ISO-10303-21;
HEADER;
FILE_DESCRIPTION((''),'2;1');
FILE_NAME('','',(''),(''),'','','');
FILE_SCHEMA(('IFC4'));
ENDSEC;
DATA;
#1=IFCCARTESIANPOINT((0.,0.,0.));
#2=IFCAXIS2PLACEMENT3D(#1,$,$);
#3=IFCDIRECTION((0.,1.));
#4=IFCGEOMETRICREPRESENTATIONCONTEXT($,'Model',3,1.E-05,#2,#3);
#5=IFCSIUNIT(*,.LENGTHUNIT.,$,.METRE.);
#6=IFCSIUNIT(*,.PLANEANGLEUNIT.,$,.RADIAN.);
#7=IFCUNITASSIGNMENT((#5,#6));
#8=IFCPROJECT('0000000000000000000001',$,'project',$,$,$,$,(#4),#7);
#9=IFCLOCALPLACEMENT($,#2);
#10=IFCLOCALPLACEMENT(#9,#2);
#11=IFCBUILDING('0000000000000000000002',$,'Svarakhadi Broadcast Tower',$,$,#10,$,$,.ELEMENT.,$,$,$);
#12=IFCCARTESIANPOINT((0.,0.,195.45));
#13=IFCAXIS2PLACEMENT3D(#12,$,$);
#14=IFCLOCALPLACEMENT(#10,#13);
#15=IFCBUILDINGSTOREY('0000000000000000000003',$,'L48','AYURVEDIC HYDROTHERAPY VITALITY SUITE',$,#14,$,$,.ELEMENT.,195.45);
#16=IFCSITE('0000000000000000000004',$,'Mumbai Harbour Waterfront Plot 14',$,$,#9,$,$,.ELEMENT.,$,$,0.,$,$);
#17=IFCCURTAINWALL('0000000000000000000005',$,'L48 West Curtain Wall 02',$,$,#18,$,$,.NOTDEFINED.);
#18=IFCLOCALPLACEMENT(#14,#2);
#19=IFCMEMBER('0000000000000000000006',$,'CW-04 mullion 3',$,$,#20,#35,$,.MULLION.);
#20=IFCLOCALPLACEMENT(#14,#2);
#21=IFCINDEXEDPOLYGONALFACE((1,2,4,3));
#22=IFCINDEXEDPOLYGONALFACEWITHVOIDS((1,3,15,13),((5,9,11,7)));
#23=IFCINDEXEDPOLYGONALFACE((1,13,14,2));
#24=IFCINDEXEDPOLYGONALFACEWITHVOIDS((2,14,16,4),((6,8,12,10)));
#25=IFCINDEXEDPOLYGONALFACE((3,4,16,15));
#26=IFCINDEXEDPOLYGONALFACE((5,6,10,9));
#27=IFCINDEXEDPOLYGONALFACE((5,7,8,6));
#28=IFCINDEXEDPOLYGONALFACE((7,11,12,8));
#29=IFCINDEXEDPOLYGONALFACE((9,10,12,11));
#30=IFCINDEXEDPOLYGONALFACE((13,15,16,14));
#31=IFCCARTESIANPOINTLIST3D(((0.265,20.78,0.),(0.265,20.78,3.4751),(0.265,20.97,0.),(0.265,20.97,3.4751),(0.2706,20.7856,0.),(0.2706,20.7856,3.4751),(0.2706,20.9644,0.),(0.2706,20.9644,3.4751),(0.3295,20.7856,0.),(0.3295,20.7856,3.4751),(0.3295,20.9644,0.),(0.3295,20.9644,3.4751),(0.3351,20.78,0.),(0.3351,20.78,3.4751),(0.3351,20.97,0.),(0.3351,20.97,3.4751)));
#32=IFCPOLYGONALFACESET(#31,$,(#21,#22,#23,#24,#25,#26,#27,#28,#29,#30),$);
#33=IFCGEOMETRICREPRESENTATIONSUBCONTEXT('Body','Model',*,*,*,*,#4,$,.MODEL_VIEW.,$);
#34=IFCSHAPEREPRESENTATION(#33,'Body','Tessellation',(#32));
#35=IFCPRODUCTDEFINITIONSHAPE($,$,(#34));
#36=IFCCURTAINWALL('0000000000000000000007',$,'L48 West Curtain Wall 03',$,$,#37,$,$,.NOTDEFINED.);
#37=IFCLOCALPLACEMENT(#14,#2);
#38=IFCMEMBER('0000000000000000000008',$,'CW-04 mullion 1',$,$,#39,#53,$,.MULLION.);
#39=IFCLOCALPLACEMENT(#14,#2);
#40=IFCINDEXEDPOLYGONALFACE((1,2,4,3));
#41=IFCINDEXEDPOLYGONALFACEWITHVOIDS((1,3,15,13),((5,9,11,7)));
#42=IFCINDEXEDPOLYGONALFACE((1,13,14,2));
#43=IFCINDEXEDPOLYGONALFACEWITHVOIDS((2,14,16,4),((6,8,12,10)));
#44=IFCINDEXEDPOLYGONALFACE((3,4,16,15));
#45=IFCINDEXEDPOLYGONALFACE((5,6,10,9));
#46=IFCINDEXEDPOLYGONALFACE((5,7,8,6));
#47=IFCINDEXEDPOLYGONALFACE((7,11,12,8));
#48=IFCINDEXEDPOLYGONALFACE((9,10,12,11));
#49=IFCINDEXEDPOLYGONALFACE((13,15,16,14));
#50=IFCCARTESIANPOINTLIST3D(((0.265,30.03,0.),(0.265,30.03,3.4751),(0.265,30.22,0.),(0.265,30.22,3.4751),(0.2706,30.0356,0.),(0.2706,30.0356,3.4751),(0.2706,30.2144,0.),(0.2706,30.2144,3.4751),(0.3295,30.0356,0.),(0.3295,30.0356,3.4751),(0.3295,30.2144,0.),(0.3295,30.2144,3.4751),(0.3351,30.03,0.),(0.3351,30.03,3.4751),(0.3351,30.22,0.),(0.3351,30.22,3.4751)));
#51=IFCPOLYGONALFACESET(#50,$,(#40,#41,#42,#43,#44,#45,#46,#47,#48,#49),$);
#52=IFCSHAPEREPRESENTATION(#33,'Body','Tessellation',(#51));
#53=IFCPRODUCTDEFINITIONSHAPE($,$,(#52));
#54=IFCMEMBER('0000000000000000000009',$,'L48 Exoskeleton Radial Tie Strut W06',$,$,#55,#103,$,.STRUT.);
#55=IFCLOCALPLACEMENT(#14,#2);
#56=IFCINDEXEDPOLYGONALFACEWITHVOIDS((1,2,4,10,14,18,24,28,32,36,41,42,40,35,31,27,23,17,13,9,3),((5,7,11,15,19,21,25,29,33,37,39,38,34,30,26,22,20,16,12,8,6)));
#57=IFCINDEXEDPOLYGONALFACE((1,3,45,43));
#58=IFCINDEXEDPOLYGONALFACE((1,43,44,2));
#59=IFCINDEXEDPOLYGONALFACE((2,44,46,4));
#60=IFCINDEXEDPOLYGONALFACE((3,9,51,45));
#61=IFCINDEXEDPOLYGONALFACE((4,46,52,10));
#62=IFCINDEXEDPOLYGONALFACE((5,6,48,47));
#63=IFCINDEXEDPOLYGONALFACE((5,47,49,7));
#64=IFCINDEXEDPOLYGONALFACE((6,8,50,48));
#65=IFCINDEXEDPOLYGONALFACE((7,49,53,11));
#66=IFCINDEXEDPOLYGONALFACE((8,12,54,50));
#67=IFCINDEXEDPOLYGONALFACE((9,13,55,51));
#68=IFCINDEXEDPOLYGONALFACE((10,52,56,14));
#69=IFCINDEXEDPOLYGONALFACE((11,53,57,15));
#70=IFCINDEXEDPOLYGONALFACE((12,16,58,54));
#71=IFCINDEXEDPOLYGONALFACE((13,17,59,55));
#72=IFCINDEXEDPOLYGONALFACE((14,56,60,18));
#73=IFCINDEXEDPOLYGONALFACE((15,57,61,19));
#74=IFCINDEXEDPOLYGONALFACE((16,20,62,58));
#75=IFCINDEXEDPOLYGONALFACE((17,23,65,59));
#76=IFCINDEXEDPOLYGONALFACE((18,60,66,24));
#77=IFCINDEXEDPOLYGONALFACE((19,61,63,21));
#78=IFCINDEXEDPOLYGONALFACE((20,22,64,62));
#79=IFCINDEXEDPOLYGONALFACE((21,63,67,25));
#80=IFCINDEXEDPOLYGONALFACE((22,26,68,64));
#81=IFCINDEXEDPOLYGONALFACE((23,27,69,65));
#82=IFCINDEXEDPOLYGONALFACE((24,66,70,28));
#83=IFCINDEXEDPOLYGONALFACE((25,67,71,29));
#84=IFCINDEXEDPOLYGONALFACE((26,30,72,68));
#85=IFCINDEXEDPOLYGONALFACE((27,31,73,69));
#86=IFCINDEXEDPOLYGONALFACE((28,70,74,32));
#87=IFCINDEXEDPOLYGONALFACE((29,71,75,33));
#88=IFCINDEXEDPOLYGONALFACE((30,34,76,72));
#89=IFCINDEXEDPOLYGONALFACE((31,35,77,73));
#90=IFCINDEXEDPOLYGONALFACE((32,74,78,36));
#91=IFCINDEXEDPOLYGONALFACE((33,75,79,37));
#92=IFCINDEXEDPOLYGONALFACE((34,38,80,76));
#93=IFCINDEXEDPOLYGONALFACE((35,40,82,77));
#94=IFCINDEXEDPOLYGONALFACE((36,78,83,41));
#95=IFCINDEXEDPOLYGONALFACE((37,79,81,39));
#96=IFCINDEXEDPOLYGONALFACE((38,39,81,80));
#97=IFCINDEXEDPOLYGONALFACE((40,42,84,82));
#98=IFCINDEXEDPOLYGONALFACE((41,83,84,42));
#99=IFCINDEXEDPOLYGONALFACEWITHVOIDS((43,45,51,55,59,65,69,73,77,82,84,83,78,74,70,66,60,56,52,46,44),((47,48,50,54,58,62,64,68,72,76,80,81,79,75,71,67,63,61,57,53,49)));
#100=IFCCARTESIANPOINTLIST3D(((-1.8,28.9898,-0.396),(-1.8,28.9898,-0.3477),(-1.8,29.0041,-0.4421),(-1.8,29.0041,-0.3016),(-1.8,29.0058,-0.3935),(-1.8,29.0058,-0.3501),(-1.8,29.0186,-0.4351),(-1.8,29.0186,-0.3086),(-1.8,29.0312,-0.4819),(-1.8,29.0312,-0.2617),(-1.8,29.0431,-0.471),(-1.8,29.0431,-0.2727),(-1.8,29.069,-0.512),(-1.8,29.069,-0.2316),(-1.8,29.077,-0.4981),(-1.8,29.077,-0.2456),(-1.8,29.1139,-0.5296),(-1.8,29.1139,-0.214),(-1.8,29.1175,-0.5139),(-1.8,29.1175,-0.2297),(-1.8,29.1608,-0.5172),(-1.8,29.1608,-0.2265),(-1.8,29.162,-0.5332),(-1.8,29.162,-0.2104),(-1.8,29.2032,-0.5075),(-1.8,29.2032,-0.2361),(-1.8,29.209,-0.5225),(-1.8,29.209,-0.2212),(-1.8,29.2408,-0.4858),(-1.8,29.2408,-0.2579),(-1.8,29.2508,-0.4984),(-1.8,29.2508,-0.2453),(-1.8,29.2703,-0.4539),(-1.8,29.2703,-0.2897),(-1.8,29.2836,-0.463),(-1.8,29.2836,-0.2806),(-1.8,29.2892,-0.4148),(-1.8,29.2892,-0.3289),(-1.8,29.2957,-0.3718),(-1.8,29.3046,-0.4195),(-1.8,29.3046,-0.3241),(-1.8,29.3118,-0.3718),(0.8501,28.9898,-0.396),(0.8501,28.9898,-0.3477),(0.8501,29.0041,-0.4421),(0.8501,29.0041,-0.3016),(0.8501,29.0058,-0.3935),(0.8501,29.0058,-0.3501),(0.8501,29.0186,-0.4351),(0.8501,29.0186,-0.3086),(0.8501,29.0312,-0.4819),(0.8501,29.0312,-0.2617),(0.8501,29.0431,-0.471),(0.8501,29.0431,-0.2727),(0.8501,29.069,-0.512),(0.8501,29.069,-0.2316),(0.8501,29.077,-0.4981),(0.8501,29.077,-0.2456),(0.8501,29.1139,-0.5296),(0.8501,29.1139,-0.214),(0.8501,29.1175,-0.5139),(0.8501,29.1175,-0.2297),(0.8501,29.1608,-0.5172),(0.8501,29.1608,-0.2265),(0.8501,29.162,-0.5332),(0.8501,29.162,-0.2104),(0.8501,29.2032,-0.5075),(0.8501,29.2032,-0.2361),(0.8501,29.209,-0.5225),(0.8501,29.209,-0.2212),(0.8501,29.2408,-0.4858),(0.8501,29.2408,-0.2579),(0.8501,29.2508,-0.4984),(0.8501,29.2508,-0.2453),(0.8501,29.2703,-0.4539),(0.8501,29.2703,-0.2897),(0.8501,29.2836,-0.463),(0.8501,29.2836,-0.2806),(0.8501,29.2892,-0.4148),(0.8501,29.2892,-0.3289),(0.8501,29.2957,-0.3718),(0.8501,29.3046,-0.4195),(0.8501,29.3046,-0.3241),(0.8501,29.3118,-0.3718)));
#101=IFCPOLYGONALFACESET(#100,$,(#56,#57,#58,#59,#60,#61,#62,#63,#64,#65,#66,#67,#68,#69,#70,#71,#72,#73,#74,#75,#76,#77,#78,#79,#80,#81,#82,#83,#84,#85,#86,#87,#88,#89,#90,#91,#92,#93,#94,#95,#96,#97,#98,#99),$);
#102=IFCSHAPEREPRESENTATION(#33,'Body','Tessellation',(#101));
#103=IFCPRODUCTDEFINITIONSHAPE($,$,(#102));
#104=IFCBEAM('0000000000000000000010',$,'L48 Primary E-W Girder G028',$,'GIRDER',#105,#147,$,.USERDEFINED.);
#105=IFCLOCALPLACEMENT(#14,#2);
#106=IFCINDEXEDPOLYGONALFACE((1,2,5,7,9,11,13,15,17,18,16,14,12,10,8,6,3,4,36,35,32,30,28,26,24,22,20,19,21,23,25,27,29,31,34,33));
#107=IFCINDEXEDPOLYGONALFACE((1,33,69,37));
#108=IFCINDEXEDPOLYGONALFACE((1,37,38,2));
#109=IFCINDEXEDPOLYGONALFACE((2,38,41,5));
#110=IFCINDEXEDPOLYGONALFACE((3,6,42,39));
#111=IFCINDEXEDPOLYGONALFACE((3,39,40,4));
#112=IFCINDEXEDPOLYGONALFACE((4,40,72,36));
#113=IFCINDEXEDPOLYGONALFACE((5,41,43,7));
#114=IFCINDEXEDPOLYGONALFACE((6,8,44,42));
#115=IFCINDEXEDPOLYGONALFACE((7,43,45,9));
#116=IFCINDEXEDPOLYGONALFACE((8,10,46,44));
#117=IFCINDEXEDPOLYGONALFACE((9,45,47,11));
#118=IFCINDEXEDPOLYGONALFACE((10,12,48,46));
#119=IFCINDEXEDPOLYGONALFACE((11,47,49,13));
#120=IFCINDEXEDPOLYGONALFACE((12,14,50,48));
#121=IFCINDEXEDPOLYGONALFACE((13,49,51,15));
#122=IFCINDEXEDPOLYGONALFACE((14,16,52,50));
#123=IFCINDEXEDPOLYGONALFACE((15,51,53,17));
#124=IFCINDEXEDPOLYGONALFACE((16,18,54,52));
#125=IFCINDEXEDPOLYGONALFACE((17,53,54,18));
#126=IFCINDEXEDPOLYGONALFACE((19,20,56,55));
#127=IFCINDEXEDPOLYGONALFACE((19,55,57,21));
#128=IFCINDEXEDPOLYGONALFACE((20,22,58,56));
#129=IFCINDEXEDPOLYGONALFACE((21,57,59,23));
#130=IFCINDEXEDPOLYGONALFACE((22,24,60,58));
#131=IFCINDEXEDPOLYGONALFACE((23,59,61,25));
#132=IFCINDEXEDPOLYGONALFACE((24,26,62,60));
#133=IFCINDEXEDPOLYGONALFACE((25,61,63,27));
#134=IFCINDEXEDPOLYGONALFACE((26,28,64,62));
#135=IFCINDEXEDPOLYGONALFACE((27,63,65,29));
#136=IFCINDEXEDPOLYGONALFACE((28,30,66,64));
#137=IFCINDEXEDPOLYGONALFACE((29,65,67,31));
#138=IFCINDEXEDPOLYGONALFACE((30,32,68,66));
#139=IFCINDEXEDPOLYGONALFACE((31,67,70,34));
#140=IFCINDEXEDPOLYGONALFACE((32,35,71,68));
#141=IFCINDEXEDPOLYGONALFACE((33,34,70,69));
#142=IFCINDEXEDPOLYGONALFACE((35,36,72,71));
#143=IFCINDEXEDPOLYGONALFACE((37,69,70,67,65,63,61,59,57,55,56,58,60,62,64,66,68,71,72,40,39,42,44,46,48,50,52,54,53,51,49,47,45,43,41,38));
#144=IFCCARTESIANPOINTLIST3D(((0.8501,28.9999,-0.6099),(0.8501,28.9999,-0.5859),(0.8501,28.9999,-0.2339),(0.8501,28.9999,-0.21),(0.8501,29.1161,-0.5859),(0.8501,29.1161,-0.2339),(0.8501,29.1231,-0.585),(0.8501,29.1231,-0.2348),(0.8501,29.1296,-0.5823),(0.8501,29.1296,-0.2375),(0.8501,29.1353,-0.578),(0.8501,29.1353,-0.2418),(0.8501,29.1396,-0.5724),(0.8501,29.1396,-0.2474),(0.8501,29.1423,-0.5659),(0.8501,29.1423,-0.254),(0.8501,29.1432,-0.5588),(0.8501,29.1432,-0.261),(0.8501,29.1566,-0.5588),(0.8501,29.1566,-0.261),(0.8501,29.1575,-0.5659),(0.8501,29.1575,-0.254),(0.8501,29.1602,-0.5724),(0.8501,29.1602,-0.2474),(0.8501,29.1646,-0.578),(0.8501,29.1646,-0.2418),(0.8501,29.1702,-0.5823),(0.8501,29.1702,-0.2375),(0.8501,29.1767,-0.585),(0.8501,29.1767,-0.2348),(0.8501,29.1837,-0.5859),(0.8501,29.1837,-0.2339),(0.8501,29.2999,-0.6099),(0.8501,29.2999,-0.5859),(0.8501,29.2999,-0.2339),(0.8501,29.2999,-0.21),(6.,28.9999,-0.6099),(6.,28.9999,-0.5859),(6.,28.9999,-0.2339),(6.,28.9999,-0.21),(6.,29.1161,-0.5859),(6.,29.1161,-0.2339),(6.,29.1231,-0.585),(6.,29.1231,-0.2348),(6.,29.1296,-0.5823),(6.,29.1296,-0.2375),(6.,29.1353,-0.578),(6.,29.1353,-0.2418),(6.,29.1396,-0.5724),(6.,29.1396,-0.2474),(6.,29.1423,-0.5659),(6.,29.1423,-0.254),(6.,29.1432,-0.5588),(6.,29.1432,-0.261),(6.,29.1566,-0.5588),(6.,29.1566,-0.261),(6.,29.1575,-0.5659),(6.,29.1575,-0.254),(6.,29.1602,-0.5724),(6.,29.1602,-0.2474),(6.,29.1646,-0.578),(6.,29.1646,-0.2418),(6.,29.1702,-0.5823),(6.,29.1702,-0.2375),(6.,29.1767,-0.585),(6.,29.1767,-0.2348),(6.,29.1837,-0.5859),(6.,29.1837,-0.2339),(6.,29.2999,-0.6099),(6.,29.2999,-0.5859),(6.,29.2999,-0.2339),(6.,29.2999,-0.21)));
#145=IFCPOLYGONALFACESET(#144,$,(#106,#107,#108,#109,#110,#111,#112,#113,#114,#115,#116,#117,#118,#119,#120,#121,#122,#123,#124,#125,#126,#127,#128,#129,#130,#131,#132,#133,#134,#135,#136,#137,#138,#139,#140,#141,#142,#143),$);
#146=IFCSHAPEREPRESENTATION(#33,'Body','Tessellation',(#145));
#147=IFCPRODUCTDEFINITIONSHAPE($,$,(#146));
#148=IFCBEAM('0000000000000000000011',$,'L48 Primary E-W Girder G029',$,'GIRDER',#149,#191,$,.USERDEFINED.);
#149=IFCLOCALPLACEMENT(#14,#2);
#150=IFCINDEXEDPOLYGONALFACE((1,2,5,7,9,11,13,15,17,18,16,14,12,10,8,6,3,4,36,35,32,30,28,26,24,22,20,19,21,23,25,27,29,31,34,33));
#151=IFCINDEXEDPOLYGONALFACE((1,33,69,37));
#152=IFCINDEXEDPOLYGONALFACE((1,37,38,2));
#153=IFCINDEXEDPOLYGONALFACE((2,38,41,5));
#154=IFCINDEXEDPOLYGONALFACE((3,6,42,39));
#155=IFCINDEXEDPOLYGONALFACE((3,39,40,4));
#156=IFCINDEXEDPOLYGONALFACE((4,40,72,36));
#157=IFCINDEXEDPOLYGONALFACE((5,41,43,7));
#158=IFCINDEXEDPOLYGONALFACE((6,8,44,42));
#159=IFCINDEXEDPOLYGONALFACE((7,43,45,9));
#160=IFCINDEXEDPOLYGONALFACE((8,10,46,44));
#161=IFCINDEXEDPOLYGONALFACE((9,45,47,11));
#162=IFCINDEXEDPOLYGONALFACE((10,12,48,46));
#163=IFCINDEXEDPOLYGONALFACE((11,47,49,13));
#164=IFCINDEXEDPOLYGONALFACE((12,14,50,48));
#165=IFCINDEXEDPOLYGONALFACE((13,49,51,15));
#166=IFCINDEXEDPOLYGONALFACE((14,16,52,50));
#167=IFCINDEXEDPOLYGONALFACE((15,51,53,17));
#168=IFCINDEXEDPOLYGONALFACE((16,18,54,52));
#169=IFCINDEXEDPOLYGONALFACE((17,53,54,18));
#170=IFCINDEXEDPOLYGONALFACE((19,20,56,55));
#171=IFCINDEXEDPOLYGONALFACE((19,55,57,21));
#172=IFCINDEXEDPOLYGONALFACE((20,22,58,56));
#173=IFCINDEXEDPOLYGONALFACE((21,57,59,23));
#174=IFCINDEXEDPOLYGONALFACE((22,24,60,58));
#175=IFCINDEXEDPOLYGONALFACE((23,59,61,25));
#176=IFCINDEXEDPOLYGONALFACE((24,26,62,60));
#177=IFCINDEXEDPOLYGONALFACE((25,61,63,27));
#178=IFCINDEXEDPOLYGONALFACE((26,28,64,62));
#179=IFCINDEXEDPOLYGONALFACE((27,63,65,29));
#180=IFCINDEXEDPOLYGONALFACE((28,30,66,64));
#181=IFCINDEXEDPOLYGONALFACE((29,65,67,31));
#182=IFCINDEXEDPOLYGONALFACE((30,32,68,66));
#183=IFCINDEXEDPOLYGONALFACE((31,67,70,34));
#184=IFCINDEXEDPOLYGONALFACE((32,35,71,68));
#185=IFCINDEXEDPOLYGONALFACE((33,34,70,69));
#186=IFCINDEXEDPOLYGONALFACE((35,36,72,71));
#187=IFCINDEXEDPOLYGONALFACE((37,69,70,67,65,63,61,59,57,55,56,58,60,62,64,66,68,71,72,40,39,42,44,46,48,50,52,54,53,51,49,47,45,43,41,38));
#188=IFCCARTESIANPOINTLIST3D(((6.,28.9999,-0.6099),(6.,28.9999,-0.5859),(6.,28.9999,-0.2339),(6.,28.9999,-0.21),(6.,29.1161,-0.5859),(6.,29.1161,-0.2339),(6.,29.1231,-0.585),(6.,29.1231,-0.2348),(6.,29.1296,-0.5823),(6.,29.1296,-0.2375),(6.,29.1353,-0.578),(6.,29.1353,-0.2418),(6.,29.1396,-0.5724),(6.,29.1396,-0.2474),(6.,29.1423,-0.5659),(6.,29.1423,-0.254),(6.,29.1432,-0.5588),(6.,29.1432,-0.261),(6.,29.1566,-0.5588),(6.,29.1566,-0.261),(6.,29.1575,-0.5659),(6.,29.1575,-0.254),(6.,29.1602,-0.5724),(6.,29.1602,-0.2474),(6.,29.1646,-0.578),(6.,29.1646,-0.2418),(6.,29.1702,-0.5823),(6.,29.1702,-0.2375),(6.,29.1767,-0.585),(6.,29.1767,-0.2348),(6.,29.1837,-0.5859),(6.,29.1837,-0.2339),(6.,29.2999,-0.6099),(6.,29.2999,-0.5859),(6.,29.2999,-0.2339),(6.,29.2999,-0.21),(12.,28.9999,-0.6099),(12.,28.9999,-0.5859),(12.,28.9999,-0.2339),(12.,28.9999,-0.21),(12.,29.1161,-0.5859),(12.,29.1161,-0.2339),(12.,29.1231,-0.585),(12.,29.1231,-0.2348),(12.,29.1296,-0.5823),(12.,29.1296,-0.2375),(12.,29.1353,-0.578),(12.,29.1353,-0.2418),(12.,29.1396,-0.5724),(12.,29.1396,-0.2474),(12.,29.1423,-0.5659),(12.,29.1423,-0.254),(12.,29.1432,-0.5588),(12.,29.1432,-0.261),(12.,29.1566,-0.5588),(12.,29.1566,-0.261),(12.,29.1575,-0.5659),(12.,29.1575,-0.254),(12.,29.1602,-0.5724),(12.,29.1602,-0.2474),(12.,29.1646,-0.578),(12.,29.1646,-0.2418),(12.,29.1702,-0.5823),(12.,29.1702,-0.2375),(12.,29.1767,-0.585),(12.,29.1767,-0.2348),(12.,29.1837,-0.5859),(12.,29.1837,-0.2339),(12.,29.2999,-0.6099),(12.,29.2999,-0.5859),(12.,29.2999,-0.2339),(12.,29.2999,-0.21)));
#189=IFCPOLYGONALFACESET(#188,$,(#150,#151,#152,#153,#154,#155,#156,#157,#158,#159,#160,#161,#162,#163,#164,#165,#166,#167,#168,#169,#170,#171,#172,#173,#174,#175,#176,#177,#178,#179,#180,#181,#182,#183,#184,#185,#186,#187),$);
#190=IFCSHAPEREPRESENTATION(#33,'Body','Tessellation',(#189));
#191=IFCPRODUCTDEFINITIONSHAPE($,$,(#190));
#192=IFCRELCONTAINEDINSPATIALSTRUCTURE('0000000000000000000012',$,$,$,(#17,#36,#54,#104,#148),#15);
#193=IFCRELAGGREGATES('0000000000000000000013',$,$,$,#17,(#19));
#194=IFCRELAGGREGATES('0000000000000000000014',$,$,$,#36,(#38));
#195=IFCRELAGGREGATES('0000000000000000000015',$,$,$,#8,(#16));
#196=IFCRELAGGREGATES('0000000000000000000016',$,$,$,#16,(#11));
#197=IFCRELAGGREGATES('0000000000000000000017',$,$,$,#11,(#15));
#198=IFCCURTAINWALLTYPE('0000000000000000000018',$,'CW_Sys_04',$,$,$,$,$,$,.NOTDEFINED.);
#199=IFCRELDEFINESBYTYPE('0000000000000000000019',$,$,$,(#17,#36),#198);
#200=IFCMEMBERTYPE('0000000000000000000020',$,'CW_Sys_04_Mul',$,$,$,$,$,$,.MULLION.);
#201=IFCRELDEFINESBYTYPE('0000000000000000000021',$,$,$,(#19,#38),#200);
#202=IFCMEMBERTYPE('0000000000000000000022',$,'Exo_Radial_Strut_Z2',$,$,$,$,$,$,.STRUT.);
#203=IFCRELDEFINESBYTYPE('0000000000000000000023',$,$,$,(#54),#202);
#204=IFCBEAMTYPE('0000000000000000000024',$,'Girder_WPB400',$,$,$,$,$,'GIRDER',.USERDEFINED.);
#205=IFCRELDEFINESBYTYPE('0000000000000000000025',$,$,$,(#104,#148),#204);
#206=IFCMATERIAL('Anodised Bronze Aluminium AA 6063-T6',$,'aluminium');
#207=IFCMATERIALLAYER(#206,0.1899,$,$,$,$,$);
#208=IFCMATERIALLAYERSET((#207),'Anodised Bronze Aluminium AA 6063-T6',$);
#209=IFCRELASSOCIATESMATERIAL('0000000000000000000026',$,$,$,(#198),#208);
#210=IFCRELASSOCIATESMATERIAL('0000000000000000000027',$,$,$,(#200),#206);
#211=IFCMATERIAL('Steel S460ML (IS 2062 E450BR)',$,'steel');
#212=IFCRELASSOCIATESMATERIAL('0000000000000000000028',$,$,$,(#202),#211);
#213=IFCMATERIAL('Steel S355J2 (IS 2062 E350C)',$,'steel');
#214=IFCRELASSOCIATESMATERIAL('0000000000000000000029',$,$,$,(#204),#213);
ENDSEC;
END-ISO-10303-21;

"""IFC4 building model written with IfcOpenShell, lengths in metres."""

from ifc_helpers import new_model, si_unit, direction, frame, origin, origin_2d, place, context, subcontext, project, spatial, hollow_rectangle, hollow_circle, i_section, extrude, material, layer, layer_set, material_profile, profile_set, type_object, element, aggregate, save


model = new_model("IFC4")

# Units and contexts
model_context = context("Model", 3, precision=1e-05, world=origin(), true_north=direction((0.0, 1.0)))
body_context = subcontext(model_context, "Body", "Model", "MODEL_VIEW")
ifc_project = project(units=[si_unit("LENGTHUNIT", "METRE"), si_unit("PLANEANGLEUNIT", "RADIAN")], contexts=[model_context])

# Site, building, storey
site_placement = place(None, origin())
site = spatial("IfcSite", under=ifc_project, at=site_placement, Name="Mumbai Harbour Waterfront Plot 14", CompositionType="ELEMENT", RefElevation=0.0)
building_placement = place(site_placement, origin())
building = spatial("IfcBuilding", under=site, at=building_placement, Name="Svarakhadi Broadcast Tower", CompositionType="ELEMENT")
storey_placement = place(building_placement, frame((0.0, 0.0, 195.45)))
storey = spatial("IfcBuildingStorey", under=building, at=storey_placement, Name="L48", Description="AYURVEDIC HYDROTHERAPY VITALITY SUITE", CompositionType="ELEMENT", Elevation=195.45)

# Shared definitions
ifc_material_1 = material(Name="Steel S460ML (IS 2062 E450BR)", Category="steel")

# Shared definitions
ifc_material_2 = material(Name="Steel S355J2 (IS 2062 E350C)", Category="steel")

# Curtain walls, members
ifc_material_3 = material(Name="Anodised Bronze Aluminium AA 6063-T6", Category="aluminium")
ifc_layer_1 = layer(ifc_material_3, 0.1899)
ifc_layer_set_1 = layer_set([ifc_layer_1], Name="Anodised Bronze Aluminium AA 6063-T6")
curtain_wall_type = type_object("IfcCurtainWallType", Name="CW_Sys_04", PredefinedType="NOTDEFINED", material=ifc_layer_set_1)
curtain_wall_1_placement = place(storey_placement, origin())
curtain_wall_1 = element("IfcCurtainWall", 1, at=curtain_wall_1_placement, inside=storey, type_object=curtain_wall_type, Name="L48 West Curtain Wall 02", PredefinedType="NOTDEFINED")
ifc_material_profile_1 = material_profile(ifc_material_3, hollow_rectangle(XDim=0.0701, YDim=0.1899, WallThickness=0.0056, at=origin_2d()), Name="ALU MULLION 190x70x6")
ifc_profile_set_1 = profile_set([ifc_material_profile_1], Name="Anodised Bronze Aluminium AA 6063-T6")
member_type_1 = type_object("IfcMemberType", Name="CW_Sys_04_Mul", PredefinedType="MULLION", material=ifc_profile_set_1)
member_1_placement = place(storey_placement, frame((0.3, 20.875, 0.0), z_axis=(0.0, 0.0, 1.0), x_axis=(-1.0, 0.0, 0.0)))
member_1 = element("IfcMember", 2, at=member_1_placement, type_object=member_type_1, Name="CW-04 mullion 3", PredefinedType="MULLION", context=body_context, shape_type="SweptSolid", body=[
    extrude(hollow_rectangle(XDim=0.0701, YDim=0.1899, WallThickness=0.0056, at=origin_2d()), origin(), (0.0, 0.0, 1.0), 3.4751),
])
aggregate(curtain_wall_1, [member_1])
curtain_wall_2_placement = place(storey_placement, origin())
curtain_wall_2 = element("IfcCurtainWall", 3, at=curtain_wall_2_placement, inside=storey, type_object=curtain_wall_type, Name="L48 West Curtain Wall 03", PredefinedType="NOTDEFINED")
member_2_placement = place(storey_placement, frame((0.3, 30.125, 0.0), z_axis=(0.0, 0.0, 1.0), x_axis=(-1.0, 0.0, 0.0)))
member_2 = element("IfcMember", 4, at=member_2_placement, type_object=member_type_1, Name="CW-04 mullion 1", PredefinedType="MULLION", context=body_context, shape_type="SweptSolid", body=[
    extrude(hollow_rectangle(XDim=0.0701, YDim=0.1899, WallThickness=0.0056, at=origin_2d()), origin(), (0.0, 0.0, 1.0), 3.4751),
])
aggregate(curtain_wall_2, [member_2])

# Member
ifc_material_profile_2 = material_profile(ifc_material_1, hollow_circle(Radius=0.1619, WallThickness=0.0161, at=origin_2d()), Name="CHS 323.9x16")
ifc_profile_set_2 = profile_set([ifc_material_profile_2], Name="Steel S460ML (IS 2062 E450BR)")
member_type_2 = type_object("IfcMemberType", Name="Exo_Radial_Strut_Z2", PredefinedType="STRUT", material=ifc_profile_set_2)
member_3_placement = place(storey_placement, frame((-1.8, 29.1499, -0.3718), z_axis=(1.0, 0.0, 0.0), x_axis=(0.0, 1.0, 0.0)))
element("IfcMember", 5, at=member_3_placement, inside=storey, type_object=member_type_2, Name="L48 Exoskeleton Radial Tie Strut W06", PredefinedType="STRUT", context=body_context, shape_type="SweptSolid", body=[
    extrude(hollow_circle(Radius=0.1619, WallThickness=0.0161, at=origin_2d()), origin(), (0.0, 0.0, 1.0), 2.6501),
])

# Beams
ifc_material_profile_3 = material_profile(ifc_material_2, i_section(OverallWidth=0.3, OverallDepth=0.3999, WebThickness=0.0134, FlangeThickness=0.0239, FilletRadius=0.0271, at=origin_2d()), Name="WPB 400x300x155")
ifc_profile_set_3 = profile_set([ifc_material_profile_3], Name="Steel S355J2 (IS 2062 E350C)")
beam_type_1 = type_object("IfcBeamType", Name="Girder_WPB400", ElementType="GIRDER", PredefinedType="USERDEFINED", material=ifc_profile_set_3)
beam_1_placement = place(storey_placement, frame((0.8501, 29.1499, -0.4099), z_axis=(1.0, 0.0, 0.0), x_axis=(0.0, 1.0, 0.0)))
element("IfcBeam", 6, at=beam_1_placement, inside=storey, type_object=beam_type_1, Name="L48 Primary E-W Girder G028", ObjectType="GIRDER", PredefinedType="USERDEFINED", context=body_context, shape_type="SweptSolid", body=[
    extrude(i_section(OverallWidth=0.3, OverallDepth=0.3999, WebThickness=0.0134, FlangeThickness=0.0239, FilletRadius=0.0271, at=origin_2d()), origin(), (0.0, 0.0, 1.0), 5.1499),
])
beam_2_placement = place(storey_placement, frame((6.0, 29.1499, -0.4099), z_axis=(1.0, 0.0, 0.0), x_axis=(0.0, 1.0, 0.0)))
element("IfcBeam", 7, at=beam_2_placement, inside=storey, type_object=beam_type_1, Name="L48 Primary E-W Girder G029", ObjectType="GIRDER", PredefinedType="USERDEFINED", context=body_context, shape_type="SweptSolid", body=[
    extrude(i_section(OverallWidth=0.3, OverallDepth=0.3999, WebThickness=0.0134, FlangeThickness=0.0239, FilletRadius=0.0271, at=origin_2d()), origin(), (0.0, 0.0, 1.0), 6.0),
])

save(model, "model.ifc")
